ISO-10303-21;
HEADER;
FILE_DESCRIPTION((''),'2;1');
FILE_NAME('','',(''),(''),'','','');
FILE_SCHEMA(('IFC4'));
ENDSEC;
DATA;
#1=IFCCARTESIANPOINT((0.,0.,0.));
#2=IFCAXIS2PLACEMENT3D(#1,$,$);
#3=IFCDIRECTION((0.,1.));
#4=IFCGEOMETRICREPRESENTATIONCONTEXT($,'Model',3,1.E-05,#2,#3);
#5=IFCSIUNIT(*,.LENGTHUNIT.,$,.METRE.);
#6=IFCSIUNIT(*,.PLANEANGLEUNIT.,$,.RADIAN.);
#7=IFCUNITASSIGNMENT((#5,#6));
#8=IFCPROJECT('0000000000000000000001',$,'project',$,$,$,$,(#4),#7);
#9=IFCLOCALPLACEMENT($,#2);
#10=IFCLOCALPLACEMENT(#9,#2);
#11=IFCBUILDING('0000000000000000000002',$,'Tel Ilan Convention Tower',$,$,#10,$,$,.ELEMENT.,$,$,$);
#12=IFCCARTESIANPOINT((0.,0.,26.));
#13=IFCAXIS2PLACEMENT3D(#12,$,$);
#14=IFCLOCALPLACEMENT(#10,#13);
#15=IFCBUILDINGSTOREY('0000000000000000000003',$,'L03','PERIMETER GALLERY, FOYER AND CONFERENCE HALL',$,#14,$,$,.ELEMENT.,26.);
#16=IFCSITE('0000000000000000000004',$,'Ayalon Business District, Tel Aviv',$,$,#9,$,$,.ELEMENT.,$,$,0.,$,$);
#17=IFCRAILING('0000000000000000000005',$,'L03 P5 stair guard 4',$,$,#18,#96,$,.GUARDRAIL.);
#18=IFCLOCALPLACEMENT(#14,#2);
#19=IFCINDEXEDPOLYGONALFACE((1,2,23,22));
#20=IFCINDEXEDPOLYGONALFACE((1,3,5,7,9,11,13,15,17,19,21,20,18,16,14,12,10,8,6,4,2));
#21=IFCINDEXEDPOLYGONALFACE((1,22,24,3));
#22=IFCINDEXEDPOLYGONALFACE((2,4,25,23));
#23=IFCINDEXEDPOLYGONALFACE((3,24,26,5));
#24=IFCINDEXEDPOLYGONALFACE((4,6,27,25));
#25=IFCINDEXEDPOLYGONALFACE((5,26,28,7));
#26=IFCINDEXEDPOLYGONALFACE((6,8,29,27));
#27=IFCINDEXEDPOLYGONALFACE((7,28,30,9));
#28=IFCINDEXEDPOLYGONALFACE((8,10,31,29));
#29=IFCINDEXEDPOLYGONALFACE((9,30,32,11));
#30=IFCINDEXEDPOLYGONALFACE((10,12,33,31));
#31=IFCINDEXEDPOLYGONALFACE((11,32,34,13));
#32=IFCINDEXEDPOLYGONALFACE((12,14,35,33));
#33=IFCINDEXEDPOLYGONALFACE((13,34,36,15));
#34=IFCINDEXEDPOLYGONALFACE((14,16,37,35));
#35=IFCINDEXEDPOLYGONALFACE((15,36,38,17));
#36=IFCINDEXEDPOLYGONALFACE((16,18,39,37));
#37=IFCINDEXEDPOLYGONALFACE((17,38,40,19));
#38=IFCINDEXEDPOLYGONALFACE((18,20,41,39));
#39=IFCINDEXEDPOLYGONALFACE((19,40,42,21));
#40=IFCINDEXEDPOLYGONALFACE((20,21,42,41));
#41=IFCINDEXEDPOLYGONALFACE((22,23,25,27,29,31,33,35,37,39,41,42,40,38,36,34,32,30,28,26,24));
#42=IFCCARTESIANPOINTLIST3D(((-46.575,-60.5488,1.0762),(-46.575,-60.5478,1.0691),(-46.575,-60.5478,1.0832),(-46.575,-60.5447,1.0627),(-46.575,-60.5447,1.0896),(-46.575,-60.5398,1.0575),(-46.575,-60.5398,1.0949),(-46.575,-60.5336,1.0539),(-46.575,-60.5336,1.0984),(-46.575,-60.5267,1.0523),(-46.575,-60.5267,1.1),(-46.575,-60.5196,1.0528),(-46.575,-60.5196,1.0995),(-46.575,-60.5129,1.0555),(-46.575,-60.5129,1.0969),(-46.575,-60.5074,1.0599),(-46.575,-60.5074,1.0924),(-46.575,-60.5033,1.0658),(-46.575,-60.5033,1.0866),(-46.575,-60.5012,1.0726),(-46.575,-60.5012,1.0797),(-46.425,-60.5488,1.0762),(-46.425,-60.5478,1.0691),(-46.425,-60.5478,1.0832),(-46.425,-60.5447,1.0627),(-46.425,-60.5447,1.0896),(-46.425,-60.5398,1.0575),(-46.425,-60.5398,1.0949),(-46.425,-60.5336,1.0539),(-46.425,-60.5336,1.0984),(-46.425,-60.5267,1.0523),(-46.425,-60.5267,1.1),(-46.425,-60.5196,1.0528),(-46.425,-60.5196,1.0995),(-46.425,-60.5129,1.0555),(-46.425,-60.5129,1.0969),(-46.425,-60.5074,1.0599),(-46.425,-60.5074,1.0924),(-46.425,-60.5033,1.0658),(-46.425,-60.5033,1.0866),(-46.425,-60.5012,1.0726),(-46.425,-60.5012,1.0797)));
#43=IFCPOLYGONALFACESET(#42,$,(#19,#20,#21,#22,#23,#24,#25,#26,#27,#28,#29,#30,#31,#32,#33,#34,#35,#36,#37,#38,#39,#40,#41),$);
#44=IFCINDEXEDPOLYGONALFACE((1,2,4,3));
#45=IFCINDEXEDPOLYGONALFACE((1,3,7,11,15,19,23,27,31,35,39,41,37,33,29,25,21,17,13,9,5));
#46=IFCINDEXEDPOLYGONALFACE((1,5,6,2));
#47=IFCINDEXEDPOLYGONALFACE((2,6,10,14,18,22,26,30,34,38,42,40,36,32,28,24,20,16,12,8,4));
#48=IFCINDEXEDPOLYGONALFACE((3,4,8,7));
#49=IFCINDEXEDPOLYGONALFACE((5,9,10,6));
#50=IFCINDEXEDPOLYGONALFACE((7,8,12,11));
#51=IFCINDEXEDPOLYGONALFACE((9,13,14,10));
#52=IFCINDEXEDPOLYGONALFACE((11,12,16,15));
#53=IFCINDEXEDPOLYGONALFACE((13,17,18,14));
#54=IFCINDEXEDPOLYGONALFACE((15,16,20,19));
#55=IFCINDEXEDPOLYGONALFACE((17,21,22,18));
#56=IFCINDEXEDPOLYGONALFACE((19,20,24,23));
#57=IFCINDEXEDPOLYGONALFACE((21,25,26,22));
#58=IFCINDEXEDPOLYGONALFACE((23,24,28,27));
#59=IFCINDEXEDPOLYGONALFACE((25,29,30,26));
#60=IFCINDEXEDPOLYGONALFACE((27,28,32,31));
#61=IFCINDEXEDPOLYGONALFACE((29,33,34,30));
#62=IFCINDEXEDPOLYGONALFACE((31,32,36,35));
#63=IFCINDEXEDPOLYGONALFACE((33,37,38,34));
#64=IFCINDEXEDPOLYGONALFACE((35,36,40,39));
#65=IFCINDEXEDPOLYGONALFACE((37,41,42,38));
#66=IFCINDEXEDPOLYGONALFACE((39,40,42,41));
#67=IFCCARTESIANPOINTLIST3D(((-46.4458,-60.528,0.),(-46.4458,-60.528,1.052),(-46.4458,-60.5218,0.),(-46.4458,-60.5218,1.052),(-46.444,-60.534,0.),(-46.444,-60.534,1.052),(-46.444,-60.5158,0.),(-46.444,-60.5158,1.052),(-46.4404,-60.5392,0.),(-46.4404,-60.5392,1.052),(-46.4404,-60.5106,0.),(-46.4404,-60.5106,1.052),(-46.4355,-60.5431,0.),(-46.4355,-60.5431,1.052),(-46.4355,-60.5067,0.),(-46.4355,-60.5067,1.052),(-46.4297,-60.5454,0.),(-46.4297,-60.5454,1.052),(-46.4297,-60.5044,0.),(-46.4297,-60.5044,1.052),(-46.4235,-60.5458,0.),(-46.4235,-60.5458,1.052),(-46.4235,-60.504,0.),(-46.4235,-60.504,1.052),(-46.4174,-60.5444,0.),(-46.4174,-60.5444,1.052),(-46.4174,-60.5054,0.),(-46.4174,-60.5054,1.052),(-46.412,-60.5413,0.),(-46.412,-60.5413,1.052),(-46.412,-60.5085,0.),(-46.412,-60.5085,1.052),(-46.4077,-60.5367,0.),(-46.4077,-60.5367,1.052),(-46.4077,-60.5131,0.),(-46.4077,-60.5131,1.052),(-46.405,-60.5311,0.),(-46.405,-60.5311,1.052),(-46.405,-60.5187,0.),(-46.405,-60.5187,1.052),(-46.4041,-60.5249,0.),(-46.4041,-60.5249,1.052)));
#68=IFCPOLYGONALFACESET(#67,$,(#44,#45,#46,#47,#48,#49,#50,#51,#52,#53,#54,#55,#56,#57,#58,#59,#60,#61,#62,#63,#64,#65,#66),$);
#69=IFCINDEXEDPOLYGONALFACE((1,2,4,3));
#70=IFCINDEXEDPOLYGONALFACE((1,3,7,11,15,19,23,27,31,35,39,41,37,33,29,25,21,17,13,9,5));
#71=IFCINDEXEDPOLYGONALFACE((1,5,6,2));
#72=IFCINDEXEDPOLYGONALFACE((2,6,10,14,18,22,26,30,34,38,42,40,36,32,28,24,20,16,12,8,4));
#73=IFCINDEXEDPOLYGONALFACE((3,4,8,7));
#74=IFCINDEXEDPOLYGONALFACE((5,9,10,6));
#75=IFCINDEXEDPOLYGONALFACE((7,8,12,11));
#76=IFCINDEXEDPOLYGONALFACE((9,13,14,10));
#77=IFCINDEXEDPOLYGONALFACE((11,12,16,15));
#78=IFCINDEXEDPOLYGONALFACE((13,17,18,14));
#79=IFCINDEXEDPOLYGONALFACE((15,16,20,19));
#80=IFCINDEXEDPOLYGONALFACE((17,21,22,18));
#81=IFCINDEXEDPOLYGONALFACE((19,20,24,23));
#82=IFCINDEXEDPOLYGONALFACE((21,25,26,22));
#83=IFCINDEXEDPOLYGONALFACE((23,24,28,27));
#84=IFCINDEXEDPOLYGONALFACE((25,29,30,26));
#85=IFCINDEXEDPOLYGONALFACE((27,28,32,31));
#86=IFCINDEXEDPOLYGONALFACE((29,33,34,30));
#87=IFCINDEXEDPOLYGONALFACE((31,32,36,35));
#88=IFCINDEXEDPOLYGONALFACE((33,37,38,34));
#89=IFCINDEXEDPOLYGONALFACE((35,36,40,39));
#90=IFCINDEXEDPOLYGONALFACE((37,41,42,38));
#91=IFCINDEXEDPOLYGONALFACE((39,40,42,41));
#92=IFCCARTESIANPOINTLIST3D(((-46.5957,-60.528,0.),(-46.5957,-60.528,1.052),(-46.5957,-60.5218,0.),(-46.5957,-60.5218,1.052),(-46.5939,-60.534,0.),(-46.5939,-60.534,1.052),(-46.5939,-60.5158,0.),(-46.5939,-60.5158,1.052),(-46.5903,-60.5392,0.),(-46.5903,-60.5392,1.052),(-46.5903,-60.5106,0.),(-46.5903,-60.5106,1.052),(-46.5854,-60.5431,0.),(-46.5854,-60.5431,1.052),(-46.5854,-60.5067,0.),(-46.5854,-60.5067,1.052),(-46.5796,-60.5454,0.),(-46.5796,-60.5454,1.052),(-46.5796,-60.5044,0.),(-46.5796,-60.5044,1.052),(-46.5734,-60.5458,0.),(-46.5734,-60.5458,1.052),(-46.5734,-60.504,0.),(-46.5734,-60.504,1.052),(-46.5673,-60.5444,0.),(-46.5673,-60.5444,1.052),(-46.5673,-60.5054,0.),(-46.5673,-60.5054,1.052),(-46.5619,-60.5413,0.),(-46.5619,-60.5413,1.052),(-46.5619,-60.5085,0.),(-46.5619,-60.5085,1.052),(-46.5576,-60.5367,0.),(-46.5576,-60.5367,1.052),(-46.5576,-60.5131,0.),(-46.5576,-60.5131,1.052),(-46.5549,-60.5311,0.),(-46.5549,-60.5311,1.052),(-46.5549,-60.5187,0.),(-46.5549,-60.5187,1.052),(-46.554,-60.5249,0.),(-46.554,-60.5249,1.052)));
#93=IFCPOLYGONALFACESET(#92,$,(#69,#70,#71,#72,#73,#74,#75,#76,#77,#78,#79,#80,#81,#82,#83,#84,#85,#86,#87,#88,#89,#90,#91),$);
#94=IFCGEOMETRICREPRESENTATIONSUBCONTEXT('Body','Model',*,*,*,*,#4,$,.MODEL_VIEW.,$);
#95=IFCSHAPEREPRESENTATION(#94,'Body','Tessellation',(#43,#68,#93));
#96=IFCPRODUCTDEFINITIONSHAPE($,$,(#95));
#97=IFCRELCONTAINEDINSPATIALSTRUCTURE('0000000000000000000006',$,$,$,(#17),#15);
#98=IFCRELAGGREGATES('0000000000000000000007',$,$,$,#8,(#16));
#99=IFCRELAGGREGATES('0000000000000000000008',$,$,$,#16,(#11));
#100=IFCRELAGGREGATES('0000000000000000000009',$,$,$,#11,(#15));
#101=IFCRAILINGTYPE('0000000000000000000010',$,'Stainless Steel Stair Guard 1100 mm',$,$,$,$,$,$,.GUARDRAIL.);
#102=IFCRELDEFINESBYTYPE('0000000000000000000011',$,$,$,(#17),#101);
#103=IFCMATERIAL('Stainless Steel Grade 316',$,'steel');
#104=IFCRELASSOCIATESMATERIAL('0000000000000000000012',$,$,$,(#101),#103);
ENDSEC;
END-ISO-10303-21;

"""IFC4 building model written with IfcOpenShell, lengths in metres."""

from ifc_helpers import new_model, si_unit, direction, frame, origin, origin_2d, place, context, subcontext, project, spatial, circle, extrude, material, type_object, element, save


model = new_model("IFC4")

# Units and contexts
model_context = context("Model", 3, precision=1e-05, world=origin(), true_north=direction((0.0, 1.0)))
body_context = subcontext(model_context, "Body", "Model", "MODEL_VIEW")
ifc_project = project(units=[si_unit("LENGTHUNIT", "METRE"), si_unit("PLANEANGLEUNIT", "RADIAN")], contexts=[model_context])

# Site, building, storey
site_placement = place(None, origin())
site = spatial("IfcSite", under=ifc_project, at=site_placement, Name="Ayalon Business District, Tel Aviv", CompositionType="ELEMENT", RefElevation=0.0)
building_placement = place(site_placement, origin())
building = spatial("IfcBuilding", under=site, at=building_placement, Name="Tel Ilan Convention Tower", CompositionType="ELEMENT")
storey_placement = place(building_placement, frame((0.0, 0.0, 26.0)))
storey = spatial("IfcBuildingStorey", under=building, at=storey_placement, Name="L03", Description="PERIMETER GALLERY, FOYER AND CONFERENCE HALL", CompositionType="ELEMENT", Elevation=26.0)

# Railing
ifc_material_1 = material(Name="Stainless Steel Grade 316", Category="steel")
railing_type_1 = type_object("IfcRailingType", Name="Stainless Steel Stair Guard 1100 mm", PredefinedType="GUARDRAIL", material=ifc_material_1)
railing_1_placement = place(storey_placement, frame((-46.425, -60.5249, 0.0)))
element("IfcRailing", 1, at=railing_1_placement, inside=storey, type_object=railing_type_1, Name="L03 P5 stair guard 4", PredefinedType="GUARDRAIL", context=body_context, shape_type="SweptSolid", body=[
    extrude(circle(Radius=0.0239, at=origin_2d()), frame((0.0, 0.0, 1.0762), z_axis=(-1.0, 0.0, 0.0), x_axis=(0.0, -1.0, 0.0)), (0.0, 0.0, 1.0), 0.1499),
    extrude(circle(Radius=0.021, at=origin_2d()), origin(), (0.0, 0.0, 1.0), 1.052),
    extrude(circle(Radius=0.021, at=origin_2d()), frame((-0.1499, 0.0, 0.0)), (0.0, 0.0, 1.0), 1.052),
])

save(model, "model.ifc")
